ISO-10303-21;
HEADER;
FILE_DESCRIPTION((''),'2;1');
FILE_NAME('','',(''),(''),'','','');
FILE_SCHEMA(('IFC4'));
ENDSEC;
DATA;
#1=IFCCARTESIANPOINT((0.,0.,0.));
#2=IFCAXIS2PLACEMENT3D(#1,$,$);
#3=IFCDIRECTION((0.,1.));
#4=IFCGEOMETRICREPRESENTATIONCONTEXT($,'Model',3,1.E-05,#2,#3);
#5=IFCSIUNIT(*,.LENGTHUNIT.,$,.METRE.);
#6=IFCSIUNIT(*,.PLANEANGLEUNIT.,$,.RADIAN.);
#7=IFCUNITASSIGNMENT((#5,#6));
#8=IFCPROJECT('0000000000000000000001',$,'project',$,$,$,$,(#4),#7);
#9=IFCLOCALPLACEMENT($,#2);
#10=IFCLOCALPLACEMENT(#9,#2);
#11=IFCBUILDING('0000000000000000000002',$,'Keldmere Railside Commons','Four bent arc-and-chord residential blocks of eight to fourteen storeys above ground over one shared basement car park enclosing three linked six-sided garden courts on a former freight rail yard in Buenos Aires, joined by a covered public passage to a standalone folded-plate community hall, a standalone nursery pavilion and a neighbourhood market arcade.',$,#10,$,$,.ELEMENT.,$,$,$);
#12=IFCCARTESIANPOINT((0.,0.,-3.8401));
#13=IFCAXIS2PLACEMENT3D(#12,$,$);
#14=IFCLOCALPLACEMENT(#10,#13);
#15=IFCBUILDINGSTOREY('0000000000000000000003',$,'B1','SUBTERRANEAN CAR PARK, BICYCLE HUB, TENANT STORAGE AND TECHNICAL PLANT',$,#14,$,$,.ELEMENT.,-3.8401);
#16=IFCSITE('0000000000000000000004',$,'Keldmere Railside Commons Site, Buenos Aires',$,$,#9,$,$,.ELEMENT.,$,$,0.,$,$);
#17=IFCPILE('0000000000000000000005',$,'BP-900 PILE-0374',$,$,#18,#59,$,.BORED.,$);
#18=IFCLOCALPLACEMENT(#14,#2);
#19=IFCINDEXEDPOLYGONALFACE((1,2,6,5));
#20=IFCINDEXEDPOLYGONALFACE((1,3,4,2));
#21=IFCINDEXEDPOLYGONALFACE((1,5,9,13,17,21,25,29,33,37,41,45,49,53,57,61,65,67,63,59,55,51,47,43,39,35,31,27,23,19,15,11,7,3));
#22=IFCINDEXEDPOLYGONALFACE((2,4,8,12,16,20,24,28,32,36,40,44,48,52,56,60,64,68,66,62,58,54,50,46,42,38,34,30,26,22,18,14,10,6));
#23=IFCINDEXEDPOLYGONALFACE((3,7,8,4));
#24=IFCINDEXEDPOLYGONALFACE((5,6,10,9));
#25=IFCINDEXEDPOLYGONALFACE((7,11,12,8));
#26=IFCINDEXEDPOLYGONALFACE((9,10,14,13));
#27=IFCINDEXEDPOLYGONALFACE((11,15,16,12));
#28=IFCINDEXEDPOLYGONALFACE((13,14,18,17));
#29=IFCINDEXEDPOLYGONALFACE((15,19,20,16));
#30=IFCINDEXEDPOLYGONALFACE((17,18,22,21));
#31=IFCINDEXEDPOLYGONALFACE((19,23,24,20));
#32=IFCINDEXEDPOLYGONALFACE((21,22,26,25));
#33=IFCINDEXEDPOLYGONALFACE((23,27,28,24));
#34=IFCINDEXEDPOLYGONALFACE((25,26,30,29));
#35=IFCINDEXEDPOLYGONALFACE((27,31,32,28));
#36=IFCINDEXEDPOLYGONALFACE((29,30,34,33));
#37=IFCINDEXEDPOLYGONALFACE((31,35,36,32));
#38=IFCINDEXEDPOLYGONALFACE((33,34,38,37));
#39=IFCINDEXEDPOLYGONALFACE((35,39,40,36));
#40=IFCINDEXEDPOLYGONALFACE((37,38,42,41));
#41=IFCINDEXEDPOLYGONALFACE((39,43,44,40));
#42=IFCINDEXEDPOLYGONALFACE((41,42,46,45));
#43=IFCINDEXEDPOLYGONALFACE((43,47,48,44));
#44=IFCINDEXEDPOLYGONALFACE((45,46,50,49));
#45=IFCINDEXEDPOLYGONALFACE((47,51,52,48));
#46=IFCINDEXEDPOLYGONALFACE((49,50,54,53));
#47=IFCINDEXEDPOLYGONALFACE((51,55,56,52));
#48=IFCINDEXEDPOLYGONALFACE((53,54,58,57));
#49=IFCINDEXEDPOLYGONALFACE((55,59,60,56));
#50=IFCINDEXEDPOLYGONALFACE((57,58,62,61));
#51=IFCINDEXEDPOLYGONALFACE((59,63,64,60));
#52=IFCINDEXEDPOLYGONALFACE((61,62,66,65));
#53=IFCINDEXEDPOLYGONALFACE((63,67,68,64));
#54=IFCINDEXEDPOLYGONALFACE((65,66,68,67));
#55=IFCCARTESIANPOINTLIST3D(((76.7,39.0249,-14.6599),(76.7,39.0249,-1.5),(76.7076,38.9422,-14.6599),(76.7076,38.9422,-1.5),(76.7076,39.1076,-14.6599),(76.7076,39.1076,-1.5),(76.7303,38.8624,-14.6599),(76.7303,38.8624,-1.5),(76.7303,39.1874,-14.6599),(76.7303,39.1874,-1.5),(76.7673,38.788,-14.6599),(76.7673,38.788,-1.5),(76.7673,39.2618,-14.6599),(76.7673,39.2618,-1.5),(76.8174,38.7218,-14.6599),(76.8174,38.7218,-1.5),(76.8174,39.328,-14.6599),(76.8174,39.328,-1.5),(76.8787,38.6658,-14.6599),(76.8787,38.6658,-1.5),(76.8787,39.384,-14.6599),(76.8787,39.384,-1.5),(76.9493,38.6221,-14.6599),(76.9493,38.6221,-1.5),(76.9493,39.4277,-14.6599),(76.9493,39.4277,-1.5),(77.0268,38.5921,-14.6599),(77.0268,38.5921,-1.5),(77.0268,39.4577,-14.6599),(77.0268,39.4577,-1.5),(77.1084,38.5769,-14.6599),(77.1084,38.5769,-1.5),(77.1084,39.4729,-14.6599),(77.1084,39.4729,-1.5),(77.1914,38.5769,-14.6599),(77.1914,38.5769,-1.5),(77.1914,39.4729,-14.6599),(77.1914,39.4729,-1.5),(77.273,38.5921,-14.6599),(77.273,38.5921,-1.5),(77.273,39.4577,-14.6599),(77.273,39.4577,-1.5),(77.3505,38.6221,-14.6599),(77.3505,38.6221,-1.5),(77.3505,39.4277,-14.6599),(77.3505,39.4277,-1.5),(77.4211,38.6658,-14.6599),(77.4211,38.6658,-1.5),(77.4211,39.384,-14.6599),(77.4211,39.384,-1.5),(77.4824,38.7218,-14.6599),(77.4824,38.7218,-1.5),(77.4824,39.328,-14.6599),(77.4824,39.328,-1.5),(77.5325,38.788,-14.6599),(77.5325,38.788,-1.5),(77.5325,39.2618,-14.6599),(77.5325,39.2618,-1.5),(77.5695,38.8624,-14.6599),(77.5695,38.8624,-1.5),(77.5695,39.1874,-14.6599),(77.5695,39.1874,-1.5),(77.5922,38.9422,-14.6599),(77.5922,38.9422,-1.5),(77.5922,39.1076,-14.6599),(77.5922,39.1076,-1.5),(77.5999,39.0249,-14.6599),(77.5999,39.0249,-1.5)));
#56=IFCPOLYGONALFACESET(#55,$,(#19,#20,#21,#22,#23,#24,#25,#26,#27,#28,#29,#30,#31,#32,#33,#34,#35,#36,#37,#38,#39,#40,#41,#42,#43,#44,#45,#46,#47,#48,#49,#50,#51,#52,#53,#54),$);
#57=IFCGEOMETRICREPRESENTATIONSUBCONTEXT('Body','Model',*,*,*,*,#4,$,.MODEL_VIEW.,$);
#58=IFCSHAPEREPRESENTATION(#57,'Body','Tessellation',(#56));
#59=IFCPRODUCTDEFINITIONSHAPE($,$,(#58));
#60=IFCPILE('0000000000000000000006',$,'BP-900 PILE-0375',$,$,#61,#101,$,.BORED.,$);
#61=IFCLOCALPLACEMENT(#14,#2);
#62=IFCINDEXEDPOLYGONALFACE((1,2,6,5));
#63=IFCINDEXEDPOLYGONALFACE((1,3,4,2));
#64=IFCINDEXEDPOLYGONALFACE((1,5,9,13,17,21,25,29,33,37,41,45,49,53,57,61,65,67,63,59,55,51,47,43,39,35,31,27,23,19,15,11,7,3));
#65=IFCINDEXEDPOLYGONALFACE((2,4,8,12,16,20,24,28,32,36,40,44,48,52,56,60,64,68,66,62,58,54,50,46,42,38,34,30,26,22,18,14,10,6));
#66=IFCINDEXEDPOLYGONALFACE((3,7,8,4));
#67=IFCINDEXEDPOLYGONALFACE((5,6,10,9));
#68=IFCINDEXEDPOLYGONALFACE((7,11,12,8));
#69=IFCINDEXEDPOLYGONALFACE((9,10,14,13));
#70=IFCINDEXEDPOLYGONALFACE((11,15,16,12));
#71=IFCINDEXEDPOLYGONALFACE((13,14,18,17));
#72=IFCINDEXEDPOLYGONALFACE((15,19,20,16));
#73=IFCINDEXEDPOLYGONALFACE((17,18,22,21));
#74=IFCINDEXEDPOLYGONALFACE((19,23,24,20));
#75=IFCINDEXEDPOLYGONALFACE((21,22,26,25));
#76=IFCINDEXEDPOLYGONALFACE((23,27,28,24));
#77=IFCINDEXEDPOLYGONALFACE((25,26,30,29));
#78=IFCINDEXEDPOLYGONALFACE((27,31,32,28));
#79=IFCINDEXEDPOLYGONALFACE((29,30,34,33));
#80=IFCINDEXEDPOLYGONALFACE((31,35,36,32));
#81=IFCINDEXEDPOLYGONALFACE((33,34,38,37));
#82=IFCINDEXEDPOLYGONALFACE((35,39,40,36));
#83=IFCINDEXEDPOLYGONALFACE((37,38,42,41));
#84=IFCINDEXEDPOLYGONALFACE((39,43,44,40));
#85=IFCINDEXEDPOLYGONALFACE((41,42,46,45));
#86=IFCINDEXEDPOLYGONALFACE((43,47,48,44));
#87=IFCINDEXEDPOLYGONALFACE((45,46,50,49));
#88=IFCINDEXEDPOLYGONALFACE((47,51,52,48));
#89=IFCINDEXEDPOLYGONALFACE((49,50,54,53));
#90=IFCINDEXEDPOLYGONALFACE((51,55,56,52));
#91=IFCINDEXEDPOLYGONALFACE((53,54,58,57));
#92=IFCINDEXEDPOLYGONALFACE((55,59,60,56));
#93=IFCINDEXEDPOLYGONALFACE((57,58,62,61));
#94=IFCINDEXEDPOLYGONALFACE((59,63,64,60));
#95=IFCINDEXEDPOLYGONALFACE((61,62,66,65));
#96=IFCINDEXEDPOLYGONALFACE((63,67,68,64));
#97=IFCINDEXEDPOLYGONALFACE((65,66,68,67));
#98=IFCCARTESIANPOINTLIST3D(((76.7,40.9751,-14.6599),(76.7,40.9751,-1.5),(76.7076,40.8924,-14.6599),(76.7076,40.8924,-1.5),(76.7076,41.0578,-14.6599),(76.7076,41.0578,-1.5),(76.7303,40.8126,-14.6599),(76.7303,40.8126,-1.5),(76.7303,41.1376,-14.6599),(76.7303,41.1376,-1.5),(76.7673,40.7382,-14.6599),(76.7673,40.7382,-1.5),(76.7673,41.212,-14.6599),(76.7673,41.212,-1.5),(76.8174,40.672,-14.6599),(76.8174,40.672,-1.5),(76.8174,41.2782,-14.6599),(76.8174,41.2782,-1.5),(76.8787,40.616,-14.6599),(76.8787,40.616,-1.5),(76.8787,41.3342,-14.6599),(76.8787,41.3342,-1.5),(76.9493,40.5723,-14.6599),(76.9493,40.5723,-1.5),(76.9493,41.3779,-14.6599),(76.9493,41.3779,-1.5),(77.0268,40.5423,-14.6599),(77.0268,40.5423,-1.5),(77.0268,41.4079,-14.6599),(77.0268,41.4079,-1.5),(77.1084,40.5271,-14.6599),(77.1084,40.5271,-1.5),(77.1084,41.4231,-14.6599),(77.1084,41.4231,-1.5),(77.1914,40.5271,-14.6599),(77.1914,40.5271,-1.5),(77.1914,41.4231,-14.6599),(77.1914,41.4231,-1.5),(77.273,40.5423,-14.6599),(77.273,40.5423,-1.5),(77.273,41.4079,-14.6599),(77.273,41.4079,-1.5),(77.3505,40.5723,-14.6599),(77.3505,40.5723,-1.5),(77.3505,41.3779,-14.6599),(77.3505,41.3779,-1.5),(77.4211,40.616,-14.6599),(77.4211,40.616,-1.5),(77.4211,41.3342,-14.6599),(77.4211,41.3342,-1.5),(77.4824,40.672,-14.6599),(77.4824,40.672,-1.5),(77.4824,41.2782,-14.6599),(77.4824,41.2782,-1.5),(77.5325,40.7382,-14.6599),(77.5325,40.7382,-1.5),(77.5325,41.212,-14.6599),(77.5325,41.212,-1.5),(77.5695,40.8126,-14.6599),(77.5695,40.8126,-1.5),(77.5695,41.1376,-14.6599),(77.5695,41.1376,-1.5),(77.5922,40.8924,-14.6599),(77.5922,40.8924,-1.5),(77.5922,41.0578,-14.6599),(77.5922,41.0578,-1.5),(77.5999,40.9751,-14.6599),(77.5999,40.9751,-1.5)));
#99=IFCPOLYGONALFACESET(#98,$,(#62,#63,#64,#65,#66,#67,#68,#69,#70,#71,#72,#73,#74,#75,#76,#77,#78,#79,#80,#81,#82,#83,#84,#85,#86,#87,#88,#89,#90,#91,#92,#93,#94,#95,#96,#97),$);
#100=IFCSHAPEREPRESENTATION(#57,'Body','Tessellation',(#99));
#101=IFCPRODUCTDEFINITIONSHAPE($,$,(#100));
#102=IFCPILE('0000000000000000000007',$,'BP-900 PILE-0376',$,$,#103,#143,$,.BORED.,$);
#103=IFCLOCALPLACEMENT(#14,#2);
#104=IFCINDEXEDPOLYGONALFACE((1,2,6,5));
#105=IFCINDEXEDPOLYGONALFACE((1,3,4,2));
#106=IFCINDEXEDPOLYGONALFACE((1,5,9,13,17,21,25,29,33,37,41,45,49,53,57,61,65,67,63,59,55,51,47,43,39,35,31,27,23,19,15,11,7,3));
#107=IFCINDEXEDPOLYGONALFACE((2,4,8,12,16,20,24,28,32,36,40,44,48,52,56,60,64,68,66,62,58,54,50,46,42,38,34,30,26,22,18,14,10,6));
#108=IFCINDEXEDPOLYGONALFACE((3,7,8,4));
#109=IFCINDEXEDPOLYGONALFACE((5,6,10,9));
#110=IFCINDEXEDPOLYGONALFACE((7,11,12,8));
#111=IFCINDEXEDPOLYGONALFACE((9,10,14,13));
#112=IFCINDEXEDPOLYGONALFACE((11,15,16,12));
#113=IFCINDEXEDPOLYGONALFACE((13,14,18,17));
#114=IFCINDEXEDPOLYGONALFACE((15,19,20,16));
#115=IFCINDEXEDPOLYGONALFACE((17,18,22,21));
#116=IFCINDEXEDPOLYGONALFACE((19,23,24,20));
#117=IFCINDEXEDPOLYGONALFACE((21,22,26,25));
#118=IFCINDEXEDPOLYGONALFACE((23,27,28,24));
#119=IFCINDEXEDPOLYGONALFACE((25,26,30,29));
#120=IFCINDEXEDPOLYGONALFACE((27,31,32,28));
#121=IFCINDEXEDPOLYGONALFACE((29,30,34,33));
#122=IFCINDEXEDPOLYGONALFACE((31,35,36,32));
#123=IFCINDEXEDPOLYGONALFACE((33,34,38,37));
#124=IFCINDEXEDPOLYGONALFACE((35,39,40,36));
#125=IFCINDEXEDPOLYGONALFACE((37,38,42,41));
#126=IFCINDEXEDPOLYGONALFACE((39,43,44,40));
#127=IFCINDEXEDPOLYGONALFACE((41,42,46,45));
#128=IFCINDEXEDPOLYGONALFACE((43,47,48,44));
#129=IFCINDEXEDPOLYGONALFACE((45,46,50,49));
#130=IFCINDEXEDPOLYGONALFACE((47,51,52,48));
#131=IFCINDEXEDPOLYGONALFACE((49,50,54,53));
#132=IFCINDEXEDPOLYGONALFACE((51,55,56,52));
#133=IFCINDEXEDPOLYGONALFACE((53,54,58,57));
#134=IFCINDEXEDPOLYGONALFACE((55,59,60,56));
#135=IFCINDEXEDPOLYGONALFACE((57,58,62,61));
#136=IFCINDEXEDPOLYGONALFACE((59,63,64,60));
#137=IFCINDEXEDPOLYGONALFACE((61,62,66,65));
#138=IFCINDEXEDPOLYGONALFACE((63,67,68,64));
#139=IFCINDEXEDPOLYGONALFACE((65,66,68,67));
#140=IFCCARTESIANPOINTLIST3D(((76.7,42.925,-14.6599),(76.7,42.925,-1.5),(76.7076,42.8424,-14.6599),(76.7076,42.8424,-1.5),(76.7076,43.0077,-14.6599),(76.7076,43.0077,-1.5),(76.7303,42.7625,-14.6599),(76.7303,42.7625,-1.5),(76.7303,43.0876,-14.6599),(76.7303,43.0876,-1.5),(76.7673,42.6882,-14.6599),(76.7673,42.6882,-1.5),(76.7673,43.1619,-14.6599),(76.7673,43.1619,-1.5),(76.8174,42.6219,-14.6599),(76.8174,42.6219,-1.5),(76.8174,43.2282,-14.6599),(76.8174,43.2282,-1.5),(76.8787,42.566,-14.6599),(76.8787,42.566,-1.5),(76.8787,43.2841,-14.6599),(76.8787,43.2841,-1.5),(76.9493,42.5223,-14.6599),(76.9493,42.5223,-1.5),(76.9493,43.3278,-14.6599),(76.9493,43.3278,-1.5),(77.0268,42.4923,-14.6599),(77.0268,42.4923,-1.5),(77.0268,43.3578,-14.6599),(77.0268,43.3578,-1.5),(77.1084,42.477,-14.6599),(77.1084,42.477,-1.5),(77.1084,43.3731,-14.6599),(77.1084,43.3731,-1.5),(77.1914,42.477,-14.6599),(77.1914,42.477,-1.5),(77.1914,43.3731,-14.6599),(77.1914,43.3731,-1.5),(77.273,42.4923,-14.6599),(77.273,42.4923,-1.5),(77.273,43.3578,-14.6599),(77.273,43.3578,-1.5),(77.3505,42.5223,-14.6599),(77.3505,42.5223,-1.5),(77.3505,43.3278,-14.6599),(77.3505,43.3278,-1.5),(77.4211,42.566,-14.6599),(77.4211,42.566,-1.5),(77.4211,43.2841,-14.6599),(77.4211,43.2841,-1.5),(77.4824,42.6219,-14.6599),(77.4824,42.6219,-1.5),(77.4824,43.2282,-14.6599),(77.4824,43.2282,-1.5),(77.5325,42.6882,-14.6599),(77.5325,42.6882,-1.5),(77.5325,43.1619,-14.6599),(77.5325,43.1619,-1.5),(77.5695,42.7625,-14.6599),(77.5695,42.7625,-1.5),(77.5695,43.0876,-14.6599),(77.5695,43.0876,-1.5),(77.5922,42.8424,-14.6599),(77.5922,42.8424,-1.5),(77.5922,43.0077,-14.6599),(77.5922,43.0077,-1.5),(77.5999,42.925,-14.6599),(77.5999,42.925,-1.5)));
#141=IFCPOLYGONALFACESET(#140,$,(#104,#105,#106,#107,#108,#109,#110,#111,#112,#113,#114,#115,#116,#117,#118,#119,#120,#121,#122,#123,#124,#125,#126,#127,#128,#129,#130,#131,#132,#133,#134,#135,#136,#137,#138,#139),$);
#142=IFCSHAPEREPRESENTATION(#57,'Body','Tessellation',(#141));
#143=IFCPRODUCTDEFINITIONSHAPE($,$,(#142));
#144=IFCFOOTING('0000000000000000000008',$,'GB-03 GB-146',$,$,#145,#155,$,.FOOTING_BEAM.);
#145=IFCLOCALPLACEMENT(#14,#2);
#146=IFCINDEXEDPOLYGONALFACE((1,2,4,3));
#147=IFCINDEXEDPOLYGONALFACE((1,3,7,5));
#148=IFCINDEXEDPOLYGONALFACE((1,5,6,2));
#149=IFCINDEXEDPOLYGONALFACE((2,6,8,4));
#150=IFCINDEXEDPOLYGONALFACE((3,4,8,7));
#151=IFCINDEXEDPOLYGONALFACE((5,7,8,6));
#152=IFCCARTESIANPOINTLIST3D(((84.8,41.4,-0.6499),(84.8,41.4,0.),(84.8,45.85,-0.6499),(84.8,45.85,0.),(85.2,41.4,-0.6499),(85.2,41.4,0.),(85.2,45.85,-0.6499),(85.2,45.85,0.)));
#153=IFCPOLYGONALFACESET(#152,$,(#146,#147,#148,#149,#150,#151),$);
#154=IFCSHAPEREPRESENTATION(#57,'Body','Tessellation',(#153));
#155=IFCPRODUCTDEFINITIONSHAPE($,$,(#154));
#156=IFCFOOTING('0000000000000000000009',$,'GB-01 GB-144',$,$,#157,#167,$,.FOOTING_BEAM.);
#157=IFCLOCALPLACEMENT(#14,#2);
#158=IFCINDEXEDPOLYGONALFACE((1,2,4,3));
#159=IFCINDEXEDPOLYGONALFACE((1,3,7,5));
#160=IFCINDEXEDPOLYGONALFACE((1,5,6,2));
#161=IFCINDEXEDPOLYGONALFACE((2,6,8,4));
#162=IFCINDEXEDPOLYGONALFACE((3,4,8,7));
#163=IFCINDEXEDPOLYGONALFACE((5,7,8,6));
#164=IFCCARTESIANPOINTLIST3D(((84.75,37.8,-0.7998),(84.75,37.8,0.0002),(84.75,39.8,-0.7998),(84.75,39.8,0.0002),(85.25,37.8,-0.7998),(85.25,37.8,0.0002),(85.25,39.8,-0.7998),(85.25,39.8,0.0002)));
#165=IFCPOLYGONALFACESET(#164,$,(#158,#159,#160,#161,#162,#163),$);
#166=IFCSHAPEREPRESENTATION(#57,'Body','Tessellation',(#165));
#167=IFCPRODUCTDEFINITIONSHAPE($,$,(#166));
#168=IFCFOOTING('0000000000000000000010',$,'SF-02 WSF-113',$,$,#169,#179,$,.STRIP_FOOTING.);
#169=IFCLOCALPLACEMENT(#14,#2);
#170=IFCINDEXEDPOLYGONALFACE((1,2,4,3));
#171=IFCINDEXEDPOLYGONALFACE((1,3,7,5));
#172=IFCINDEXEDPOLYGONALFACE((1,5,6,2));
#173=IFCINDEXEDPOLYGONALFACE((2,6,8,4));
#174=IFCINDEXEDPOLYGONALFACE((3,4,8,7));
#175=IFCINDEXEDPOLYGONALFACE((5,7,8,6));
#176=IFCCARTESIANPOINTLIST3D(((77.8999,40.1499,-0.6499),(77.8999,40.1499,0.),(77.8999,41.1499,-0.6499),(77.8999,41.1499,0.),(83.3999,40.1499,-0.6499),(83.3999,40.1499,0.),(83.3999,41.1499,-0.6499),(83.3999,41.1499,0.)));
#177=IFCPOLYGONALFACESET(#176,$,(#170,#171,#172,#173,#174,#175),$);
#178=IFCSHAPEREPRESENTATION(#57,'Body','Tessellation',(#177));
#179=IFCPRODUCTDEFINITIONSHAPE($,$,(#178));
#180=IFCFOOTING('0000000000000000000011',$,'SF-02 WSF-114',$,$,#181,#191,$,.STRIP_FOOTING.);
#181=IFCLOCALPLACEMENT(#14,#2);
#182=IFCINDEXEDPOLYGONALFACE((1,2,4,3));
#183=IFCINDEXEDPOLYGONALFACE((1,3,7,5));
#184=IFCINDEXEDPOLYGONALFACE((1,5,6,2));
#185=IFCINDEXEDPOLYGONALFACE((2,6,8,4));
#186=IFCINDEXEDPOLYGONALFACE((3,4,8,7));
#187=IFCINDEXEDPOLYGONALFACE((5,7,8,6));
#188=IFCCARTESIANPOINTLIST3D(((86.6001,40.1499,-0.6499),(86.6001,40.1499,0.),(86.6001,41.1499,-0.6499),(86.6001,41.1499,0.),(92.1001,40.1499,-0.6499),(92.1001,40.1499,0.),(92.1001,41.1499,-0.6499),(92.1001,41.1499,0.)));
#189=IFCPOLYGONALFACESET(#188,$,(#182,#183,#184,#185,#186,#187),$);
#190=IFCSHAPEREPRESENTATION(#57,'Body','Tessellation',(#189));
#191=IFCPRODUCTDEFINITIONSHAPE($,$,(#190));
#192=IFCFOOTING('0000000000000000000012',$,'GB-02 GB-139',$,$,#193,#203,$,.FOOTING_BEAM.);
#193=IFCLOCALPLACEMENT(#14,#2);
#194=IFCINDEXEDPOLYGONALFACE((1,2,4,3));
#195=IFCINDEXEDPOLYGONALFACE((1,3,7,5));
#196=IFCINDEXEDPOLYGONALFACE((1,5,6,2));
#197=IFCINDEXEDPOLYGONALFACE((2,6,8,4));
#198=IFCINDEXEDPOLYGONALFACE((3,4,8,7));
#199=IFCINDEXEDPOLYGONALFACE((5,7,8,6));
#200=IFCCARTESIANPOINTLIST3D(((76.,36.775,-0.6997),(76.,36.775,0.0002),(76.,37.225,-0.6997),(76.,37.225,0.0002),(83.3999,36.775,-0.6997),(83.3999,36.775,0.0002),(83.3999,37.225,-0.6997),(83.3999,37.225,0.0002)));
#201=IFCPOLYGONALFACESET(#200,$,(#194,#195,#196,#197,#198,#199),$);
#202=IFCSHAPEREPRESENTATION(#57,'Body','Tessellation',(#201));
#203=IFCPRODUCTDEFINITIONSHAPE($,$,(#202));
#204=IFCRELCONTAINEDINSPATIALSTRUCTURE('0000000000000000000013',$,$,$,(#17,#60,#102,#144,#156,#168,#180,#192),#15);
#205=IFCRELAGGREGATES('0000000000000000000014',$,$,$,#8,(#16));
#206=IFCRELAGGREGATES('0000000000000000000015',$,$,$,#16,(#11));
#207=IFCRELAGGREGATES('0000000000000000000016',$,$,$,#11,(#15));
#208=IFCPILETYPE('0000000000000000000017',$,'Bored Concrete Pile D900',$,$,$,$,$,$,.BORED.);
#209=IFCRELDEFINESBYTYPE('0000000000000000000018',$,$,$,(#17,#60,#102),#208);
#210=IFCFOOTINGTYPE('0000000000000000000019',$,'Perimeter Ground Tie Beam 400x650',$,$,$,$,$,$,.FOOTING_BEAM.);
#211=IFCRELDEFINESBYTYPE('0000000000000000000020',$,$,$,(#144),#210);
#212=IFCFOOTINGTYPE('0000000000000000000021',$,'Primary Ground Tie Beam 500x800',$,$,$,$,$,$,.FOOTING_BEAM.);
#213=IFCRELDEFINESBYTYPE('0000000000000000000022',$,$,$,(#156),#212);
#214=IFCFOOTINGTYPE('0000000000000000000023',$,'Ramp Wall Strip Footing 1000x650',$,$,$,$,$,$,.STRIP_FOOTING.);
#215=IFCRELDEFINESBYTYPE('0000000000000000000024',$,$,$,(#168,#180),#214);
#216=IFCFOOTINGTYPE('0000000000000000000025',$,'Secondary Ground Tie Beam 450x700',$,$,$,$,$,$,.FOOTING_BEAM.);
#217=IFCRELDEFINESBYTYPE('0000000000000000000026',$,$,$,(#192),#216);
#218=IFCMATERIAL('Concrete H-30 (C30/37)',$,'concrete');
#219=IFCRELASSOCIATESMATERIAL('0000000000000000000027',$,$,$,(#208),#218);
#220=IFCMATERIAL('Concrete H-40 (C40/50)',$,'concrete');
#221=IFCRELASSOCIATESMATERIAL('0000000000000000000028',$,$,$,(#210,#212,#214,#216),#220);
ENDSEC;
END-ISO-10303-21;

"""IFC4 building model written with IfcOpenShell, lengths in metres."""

from ifc_helpers import new_model, si_unit, direction, frame, origin, origin_2d, place, context, subcontext, project, spatial, rectangle, circle, extrude, material, material_profile, profile_set, type_object, element, save


model = new_model("IFC4")

# Units and contexts
model_context = context("Model", 3, precision=1e-05, world=origin(), true_north=direction((0.0, 1.0)))
body_context = subcontext(model_context, "Body", "Model", "MODEL_VIEW")
ifc_project = project(units=[si_unit("LENGTHUNIT", "METRE"), si_unit("PLANEANGLEUNIT", "RADIAN")], contexts=[model_context])

# Site, building, storey
site_placement = place(None, origin())
site = spatial("IfcSite", under=ifc_project, at=site_placement, Name="Keldmere Railside Commons Site, Buenos Aires", CompositionType="ELEMENT", RefElevation=0.0)
building_placement = place(site_placement, origin())
building = spatial("IfcBuilding", under=site, at=building_placement, Name="Keldmere Railside Commons", Description="Four bent arc-and-chord residential blocks of eight to fourteen storeys above ground over one shared basement car park enclosing three linked six-sided garden courts on a former freight rail yard in Buenos Aires, joined by a covered public passage to a standalone folded-plate community hall, a standalone nursery pavilion and a neighbourhood market arcade.", CompositionType="ELEMENT")
storey_placement = place(building_placement, frame((0.0, 0.0, -3.8401)))
storey = spatial("IfcBuildingStorey", under=building, at=storey_placement, Name="B1", Description="SUBTERRANEAN CAR PARK, BICYCLE HUB, TENANT STORAGE AND TECHNICAL PLANT", CompositionType="ELEMENT", Elevation=-3.8401)

# Piles
ifc_material_1 = material(Name="Concrete H-30 (C30/37)", Category="concrete")
ifc_material_profile_1 = material_profile(ifc_material_1, circle(Radius=0.45, at=origin_2d()), Name="PILE-D900")
ifc_profile_set_1 = profile_set([ifc_material_profile_1], Name="Concrete H-30 (C30/37)")
pile_type_1 = type_object("IfcPileType", Name="Bored Concrete Pile D900", PredefinedType="BORED", material=ifc_profile_set_1)
for number, where, z_axis, x_axis, name in (
    (1, (77.1499, 39.0249, -1.5), (0.0, 0.0, -1.0), (1.0, 0.0, 0.0), "BP-900 PILE-0374"),
    (2, (77.1499, 40.9751, -1.5), (0.0, 0.0, -1.0), (1.0, 0.0, 0.0), "BP-900 PILE-0375"),
    (3, (77.1499, 42.925, -1.5), (0.0, 0.0, -1.0), (1.0, 0.0, 0.0), "BP-900 PILE-0376"),
):
    element("IfcPile", number, at=place(storey_placement, frame(where, z_axis=z_axis, x_axis=x_axis)), inside=storey, type_object=pile_type_1, Name=name, PredefinedType="BORED", context=body_context, shape_type="SweptSolid", body=[
        extrude(circle(Radius=0.45, at=origin_2d()), origin(), (0.0, 0.0, 1.0), 13.1599),
    ])

# Footings
ifc_material_2 = material(Name="Concrete H-40 (C40/50)", Category="concrete")
footing_type_1 = type_object("IfcFootingType", Name="Perimeter Ground Tie Beam 400x650", PredefinedType="FOOTING_BEAM", material=ifc_material_2)
footing_1_placement = place(storey_placement, frame((85.0, 43.625, -0.6499), z_axis=(0.0, 0.0, 1.0), x_axis=(0.0, 1.0, 0.0)))
element("IfcFooting", 4, at=footing_1_placement, inside=storey, type_object=footing_type_1, Name="GB-03 GB-146", PredefinedType="FOOTING_BEAM", context=body_context, shape_type="SweptSolid", body=[
    extrude(rectangle(XDim=4.45, YDim=0.3999, at=origin_2d()), origin(), (0.0, 0.0, 1.0), 0.6499),
])
footing_type_2 = type_object("IfcFootingType", Name="Primary Ground Tie Beam 500x800", PredefinedType="FOOTING_BEAM", material=ifc_material_2)
footing_2_placement = place(storey_placement, frame((85.0, 38.8, -0.7998), z_axis=(0.0, 0.0, 1.0), x_axis=(0.0, 1.0, 0.0)))
element("IfcFooting", 5, at=footing_2_placement, inside=storey, type_object=footing_type_2, Name="GB-01 GB-144", PredefinedType="FOOTING_BEAM", context=body_context, shape_type="SweptSolid", body=[
    extrude(rectangle(XDim=2.0, YDim=0.5, at=origin_2d()), origin(), (0.0, 0.0, 1.0), 0.8),
])
footing_type_3 = type_object("IfcFootingType", Name="Ramp Wall Strip Footing 1000x650", PredefinedType="STRIP_FOOTING", material=ifc_material_2)
for number, where, z_axis, x_axis, name in (
    (6, (80.6499, 40.6499, -0.6499), (0.0, 0.0, 1.0), (1.0, 0.0, 0.0), "SF-02 WSF-113"),
    (7, (89.3501, 40.6499, -0.6499), (0.0, 0.0, 1.0), (1.0, 0.0, 0.0), "SF-02 WSF-114"),
):
    element("IfcFooting", number, at=place(storey_placement, frame(where, z_axis=z_axis, x_axis=x_axis)), inside=storey, type_object=footing_type_3, Name=name, PredefinedType="STRIP_FOOTING", context=body_context, shape_type="SweptSolid", body=[
        extrude(rectangle(XDim=5.5, YDim=1.0, at=origin_2d()), origin(), (0.0, 0.0, 1.0), 0.6499),
    ])
footing_type_4 = type_object("IfcFootingType", Name="Secondary Ground Tie Beam 450x700", PredefinedType="FOOTING_BEAM", material=ifc_material_2)
footing_3_placement = place(storey_placement, frame((79.7, 37.0, -0.6997), z_axis=(0.0, 0.0, 1.0), x_axis=(1.0, 0.0, 0.0)))
element("IfcFooting", 8, at=footing_3_placement, inside=storey, type_object=footing_type_4, Name="GB-02 GB-139", PredefinedType="FOOTING_BEAM", context=body_context, shape_type="SweptSolid", body=[
    extrude(rectangle(XDim=7.3999, YDim=0.45, at=origin_2d()), origin(), (0.0, 0.0, 1.0), 0.7),
])

save(model, "model.ifc")
